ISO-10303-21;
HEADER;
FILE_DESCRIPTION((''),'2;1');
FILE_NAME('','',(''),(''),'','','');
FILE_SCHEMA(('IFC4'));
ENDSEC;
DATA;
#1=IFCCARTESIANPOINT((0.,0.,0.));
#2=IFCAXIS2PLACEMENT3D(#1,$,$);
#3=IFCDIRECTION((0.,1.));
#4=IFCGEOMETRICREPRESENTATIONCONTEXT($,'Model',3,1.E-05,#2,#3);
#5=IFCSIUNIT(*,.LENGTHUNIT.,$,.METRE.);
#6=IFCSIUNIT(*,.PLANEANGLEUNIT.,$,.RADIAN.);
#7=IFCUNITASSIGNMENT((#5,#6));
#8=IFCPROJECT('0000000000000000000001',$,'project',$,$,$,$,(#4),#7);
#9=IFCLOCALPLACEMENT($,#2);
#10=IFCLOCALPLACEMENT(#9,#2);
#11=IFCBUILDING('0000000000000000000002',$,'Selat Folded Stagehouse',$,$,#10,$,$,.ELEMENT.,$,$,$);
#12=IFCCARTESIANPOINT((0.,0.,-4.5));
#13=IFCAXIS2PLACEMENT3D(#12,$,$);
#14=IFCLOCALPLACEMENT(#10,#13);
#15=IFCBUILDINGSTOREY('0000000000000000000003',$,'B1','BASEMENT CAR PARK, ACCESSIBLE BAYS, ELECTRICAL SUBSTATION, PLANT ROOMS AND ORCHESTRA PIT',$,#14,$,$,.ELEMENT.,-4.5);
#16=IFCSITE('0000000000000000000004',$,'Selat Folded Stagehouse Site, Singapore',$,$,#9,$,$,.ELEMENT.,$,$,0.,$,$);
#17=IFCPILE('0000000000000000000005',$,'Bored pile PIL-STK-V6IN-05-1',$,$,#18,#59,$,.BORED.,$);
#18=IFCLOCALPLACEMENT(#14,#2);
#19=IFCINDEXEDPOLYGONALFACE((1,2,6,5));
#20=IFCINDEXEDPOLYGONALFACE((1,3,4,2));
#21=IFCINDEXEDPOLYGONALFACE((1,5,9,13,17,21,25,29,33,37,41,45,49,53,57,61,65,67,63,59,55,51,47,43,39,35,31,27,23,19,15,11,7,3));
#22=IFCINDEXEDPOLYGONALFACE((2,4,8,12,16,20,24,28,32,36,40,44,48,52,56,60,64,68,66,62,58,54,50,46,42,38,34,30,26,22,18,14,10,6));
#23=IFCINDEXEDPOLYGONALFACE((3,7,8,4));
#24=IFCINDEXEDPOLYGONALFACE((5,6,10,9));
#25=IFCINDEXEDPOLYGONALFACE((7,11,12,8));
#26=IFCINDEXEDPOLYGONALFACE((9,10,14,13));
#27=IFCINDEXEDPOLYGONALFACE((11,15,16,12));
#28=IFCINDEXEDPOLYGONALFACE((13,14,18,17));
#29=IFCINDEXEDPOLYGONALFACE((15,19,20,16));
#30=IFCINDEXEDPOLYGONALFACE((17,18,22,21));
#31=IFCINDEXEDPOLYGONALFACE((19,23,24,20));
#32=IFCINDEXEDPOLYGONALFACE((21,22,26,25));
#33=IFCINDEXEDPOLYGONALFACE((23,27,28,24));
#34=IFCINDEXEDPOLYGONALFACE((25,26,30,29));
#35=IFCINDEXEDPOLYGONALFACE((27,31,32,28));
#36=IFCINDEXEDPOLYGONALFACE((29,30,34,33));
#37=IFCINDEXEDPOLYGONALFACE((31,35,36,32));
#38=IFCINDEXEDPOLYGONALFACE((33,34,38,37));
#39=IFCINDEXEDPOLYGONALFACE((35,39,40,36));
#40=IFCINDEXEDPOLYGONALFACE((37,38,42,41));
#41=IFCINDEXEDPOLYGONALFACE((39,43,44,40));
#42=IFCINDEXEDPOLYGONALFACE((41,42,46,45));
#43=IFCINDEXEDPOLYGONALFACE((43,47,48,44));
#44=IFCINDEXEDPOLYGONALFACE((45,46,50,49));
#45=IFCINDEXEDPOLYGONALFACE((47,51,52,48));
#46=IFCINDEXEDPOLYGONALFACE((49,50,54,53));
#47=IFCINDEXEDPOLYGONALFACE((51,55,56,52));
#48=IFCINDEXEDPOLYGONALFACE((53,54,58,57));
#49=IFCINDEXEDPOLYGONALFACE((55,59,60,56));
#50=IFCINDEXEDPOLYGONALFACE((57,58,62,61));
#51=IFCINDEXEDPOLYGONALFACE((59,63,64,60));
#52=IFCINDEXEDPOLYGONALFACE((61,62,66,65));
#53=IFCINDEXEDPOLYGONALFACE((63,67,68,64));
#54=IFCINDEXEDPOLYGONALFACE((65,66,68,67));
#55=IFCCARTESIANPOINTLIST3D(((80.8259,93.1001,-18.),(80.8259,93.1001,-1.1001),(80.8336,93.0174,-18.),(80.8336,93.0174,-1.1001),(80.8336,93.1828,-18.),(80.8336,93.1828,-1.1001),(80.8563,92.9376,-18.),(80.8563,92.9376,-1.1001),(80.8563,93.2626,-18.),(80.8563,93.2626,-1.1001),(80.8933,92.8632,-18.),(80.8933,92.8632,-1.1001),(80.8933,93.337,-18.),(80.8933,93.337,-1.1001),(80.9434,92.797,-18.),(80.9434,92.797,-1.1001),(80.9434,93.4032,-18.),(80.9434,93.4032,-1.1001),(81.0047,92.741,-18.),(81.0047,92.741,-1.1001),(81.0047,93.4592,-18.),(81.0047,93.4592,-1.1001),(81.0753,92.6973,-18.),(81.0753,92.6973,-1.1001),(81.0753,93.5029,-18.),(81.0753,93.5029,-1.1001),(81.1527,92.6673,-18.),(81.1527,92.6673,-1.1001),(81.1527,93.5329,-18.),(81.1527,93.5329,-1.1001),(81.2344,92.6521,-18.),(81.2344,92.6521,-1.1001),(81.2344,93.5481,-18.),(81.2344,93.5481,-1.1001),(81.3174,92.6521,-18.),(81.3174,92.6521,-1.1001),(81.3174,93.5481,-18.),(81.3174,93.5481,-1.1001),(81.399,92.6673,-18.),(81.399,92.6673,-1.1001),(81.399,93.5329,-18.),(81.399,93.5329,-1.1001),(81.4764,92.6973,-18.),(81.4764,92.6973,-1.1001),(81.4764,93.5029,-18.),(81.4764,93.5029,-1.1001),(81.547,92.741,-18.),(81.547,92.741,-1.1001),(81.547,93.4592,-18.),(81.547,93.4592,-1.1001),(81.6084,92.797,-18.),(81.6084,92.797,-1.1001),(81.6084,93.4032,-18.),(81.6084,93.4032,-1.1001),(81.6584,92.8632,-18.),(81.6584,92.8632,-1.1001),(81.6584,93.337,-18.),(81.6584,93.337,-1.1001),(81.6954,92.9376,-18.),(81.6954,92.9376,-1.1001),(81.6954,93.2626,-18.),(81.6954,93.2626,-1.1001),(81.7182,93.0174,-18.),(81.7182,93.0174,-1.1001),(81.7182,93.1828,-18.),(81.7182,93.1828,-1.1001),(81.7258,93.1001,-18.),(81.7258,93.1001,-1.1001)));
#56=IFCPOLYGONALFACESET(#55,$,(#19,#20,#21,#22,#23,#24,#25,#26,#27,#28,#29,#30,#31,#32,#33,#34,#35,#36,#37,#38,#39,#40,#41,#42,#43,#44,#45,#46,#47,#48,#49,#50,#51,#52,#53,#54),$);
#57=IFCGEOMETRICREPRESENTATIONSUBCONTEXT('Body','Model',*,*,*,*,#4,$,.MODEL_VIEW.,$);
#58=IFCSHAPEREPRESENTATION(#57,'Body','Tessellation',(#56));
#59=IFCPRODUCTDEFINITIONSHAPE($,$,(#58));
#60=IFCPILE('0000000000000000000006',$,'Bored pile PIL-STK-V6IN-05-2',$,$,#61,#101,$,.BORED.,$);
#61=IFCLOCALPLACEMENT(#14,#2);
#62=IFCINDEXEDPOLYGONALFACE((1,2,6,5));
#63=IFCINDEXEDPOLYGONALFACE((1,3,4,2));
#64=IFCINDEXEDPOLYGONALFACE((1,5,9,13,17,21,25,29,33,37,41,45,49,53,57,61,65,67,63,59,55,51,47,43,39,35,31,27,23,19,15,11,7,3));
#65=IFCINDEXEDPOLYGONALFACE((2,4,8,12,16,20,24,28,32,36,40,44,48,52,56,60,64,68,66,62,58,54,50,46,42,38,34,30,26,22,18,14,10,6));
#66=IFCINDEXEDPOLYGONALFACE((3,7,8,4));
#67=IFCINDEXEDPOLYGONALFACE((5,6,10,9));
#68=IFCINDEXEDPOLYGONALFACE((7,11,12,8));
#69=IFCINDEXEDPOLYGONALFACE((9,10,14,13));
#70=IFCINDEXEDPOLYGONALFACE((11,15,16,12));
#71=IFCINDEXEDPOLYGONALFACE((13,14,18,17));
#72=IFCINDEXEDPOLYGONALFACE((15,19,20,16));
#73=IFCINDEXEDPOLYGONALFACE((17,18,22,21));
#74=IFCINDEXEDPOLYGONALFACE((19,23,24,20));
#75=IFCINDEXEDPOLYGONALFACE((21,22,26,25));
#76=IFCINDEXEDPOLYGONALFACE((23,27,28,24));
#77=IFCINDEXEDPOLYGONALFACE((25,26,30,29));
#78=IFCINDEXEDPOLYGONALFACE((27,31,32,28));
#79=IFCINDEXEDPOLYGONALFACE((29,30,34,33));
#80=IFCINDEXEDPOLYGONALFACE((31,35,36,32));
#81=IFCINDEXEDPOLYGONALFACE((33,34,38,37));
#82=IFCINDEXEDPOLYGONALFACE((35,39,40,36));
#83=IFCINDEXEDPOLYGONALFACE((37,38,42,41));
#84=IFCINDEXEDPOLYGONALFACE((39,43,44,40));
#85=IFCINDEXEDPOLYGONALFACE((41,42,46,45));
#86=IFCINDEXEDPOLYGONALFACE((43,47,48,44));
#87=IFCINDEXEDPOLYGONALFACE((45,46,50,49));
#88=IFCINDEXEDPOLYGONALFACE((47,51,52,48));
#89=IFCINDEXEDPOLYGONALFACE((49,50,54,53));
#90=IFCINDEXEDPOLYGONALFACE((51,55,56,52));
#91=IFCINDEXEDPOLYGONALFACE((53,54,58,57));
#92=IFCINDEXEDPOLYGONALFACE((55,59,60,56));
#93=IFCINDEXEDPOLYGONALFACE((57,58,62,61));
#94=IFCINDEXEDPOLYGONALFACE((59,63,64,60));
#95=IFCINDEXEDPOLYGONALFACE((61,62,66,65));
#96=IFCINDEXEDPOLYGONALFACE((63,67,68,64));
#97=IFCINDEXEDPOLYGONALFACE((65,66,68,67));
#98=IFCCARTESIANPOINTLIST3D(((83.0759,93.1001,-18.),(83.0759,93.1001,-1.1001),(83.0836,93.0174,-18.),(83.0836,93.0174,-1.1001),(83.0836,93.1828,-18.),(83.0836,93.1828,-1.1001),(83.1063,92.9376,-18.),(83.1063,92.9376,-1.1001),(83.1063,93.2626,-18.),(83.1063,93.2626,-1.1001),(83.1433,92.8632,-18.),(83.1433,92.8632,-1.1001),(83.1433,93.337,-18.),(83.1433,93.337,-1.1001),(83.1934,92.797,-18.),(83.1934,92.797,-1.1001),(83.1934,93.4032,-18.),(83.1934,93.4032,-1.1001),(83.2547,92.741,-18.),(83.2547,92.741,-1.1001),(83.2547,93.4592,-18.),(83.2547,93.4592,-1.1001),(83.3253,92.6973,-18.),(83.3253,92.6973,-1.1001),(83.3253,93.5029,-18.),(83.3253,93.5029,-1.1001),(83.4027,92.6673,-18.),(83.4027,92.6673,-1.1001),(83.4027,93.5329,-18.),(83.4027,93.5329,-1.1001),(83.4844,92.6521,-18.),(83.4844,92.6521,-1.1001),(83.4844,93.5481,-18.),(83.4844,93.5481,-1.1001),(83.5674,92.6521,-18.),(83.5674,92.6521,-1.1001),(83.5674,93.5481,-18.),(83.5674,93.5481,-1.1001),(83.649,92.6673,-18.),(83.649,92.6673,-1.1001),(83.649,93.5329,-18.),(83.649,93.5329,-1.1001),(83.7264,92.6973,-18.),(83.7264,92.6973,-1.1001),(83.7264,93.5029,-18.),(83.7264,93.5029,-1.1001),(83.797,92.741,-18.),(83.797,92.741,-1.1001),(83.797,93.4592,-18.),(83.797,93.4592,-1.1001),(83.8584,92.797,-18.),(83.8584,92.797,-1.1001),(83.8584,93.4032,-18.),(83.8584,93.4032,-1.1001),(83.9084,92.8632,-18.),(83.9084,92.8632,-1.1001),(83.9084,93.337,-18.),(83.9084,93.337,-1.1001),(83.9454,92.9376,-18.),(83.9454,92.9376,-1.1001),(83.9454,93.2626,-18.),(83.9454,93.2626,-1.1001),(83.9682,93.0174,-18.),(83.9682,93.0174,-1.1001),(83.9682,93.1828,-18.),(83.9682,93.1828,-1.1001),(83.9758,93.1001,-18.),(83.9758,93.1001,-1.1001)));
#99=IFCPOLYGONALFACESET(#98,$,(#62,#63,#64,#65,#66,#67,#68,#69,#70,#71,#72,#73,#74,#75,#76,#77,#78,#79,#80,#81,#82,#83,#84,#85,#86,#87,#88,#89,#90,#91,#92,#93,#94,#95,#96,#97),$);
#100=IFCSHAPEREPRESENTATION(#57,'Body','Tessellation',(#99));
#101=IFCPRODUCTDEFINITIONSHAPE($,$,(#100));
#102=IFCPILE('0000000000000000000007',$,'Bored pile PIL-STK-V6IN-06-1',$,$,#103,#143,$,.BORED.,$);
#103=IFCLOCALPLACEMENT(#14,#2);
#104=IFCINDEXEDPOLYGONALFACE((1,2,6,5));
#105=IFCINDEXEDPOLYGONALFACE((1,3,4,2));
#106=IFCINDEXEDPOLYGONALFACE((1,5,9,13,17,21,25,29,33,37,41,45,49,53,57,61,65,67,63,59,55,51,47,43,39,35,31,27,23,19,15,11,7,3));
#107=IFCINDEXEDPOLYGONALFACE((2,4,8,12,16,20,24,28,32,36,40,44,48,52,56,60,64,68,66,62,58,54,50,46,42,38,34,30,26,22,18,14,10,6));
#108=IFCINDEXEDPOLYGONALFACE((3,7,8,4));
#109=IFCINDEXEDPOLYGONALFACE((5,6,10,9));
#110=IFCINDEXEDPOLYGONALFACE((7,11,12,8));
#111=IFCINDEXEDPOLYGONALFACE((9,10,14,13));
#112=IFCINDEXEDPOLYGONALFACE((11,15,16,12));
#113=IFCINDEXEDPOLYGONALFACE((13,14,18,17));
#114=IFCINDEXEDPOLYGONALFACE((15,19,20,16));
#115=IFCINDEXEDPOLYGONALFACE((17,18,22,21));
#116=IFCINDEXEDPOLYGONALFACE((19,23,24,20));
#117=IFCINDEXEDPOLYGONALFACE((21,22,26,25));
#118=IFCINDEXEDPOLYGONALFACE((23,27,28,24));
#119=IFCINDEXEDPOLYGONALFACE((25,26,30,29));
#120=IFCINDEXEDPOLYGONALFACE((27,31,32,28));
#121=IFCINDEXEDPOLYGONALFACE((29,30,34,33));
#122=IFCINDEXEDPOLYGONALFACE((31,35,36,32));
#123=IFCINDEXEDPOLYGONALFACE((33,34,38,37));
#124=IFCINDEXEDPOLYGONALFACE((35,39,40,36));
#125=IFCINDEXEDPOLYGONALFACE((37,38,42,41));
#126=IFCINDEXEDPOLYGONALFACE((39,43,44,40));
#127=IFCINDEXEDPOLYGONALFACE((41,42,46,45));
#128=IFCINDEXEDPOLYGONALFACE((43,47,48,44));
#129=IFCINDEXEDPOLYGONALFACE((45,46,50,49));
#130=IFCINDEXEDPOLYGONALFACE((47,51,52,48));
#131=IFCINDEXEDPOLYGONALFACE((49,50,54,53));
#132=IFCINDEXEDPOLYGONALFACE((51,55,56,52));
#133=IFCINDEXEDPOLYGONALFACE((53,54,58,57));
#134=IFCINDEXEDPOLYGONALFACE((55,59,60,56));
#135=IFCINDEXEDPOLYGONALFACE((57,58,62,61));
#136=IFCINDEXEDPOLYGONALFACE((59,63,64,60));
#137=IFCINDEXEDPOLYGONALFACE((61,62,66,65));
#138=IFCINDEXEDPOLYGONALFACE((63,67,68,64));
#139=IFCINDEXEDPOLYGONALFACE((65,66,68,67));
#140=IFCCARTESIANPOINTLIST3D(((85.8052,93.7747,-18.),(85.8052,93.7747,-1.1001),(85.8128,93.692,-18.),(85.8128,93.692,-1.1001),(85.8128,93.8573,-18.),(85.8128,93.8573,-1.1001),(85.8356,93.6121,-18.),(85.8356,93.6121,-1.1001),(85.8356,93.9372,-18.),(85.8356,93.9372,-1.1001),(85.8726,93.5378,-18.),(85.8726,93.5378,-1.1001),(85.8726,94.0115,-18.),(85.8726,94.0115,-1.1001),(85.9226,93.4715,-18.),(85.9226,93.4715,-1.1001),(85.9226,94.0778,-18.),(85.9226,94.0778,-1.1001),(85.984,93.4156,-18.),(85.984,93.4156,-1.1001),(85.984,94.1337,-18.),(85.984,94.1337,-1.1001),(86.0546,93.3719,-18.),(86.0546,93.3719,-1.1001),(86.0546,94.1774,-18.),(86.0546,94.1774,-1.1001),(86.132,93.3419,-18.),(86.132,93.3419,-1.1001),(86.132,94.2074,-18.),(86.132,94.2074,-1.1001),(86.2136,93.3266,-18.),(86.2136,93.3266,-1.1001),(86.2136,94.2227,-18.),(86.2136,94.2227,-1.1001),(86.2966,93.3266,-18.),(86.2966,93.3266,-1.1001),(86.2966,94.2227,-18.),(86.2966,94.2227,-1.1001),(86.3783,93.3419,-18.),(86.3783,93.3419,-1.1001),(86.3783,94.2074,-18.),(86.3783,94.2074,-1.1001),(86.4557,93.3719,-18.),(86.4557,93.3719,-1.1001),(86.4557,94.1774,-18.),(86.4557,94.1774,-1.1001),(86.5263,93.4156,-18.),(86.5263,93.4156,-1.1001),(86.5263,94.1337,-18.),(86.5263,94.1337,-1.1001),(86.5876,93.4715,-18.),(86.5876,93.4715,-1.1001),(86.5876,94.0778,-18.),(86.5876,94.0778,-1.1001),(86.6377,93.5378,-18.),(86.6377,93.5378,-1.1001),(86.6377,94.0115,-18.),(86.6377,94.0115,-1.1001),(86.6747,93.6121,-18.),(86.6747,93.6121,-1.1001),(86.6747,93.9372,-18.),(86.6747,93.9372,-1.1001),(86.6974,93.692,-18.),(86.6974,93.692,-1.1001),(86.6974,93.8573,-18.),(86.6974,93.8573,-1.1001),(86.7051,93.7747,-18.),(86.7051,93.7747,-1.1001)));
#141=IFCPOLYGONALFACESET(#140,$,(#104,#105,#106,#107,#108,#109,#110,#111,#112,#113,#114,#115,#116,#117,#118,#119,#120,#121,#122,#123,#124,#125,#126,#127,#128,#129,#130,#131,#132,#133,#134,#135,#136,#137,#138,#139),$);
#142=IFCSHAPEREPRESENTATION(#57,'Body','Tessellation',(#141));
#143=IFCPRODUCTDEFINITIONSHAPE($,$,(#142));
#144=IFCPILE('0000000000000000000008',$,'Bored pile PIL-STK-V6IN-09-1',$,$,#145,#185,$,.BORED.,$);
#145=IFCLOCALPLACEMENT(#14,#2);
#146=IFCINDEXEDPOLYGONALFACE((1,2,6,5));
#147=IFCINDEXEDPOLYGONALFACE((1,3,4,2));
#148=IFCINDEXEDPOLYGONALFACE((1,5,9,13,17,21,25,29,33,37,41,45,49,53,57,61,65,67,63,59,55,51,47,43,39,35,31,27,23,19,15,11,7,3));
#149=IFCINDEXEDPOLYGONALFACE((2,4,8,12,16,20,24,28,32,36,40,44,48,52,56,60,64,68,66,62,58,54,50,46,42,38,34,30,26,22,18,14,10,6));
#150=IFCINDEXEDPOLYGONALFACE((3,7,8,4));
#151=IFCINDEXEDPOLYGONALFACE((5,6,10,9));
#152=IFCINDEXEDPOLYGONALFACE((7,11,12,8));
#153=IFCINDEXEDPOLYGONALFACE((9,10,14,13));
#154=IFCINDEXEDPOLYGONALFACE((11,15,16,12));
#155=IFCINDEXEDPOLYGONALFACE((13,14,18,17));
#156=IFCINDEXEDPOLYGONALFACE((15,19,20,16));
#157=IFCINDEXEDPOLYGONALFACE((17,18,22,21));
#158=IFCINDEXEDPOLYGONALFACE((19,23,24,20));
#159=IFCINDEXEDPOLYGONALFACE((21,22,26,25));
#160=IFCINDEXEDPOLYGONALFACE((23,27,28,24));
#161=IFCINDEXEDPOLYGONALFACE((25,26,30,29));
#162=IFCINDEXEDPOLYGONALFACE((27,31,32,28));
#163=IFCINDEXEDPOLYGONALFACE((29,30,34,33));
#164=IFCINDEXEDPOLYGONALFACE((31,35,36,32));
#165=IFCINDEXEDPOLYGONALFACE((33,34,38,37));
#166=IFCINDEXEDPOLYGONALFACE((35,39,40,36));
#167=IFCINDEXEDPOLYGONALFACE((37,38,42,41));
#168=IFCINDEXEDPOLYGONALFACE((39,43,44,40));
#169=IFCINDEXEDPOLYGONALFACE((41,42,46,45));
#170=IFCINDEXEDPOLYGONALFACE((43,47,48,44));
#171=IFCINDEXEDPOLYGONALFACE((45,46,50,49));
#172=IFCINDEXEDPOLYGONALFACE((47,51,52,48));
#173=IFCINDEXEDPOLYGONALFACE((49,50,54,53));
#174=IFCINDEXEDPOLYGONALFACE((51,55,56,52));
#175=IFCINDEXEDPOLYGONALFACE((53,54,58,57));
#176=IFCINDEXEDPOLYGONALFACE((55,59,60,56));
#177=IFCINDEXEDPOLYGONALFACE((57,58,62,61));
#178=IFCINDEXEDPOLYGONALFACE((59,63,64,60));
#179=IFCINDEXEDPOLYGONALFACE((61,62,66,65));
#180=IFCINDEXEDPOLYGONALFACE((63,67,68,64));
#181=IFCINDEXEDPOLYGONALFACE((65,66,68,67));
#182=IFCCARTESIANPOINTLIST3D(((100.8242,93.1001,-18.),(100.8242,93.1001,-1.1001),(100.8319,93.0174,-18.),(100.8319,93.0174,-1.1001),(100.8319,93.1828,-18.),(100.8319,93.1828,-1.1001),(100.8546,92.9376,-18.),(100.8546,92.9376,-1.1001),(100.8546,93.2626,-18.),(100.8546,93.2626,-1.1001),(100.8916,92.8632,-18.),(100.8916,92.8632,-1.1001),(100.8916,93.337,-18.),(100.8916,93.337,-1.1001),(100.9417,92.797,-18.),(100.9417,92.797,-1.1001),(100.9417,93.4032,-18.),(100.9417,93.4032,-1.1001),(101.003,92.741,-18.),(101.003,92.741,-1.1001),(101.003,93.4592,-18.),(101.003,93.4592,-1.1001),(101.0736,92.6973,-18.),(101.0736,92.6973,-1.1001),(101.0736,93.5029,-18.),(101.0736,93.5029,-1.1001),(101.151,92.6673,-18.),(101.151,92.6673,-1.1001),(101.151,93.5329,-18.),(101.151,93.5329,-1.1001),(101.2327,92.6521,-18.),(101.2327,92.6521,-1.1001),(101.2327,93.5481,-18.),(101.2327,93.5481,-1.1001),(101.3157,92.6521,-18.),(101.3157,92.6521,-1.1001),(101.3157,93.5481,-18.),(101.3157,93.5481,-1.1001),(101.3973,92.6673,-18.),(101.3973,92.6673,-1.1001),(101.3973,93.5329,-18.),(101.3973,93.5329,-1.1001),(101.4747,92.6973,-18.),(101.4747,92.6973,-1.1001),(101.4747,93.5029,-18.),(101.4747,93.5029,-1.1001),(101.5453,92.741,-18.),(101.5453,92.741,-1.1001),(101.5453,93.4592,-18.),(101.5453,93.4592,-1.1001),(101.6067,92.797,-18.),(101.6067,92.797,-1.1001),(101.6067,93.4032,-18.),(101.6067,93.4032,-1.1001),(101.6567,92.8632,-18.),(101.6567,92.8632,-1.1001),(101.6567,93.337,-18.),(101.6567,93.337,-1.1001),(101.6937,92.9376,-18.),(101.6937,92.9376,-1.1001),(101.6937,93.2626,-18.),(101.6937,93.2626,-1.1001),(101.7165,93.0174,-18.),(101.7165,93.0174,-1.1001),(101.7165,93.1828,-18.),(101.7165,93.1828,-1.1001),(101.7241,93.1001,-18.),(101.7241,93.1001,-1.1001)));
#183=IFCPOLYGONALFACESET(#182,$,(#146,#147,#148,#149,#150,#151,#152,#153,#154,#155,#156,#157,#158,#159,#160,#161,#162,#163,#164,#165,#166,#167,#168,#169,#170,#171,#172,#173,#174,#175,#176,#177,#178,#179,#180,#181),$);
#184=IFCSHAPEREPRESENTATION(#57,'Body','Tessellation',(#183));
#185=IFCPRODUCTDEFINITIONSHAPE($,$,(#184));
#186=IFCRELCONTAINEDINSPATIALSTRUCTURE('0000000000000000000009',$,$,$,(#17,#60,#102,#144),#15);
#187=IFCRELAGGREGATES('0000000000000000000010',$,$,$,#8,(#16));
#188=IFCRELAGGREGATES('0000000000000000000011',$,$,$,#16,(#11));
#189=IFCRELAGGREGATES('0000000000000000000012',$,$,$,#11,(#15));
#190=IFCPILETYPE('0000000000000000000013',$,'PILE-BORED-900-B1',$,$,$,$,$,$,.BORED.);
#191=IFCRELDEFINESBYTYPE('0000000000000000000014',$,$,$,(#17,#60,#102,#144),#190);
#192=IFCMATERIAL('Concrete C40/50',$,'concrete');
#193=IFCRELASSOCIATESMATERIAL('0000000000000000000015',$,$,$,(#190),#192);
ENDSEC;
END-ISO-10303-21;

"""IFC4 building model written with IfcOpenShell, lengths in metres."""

from ifc_helpers import new_model, si_unit, direction, frame, origin, origin_2d, place, context, subcontext, project, spatial, circle, extrude, material, material_profile, profile_set, type_object, element, save


model = new_model("IFC4")

# Units and contexts
model_context = context("Model", 3, precision=1e-05, world=origin(), true_north=direction((0.0, 1.0)))
body_context = subcontext(model_context, "Body", "Model", "MODEL_VIEW")
ifc_project = project(units=[si_unit("LENGTHUNIT", "METRE"), si_unit("PLANEANGLEUNIT", "RADIAN")], contexts=[model_context])

# Site, building, storey
site_placement = place(None, origin())
site = spatial("IfcSite", under=ifc_project, at=site_placement, Name="Selat Folded Stagehouse Site, Singapore", CompositionType="ELEMENT", RefElevation=0.0)
building_placement = place(site_placement, origin())
building = spatial("IfcBuilding", under=site, at=building_placement, Name="Selat Folded Stagehouse", CompositionType="ELEMENT")
storey_placement = place(building_placement, frame((0.0, 0.0, -4.5)))
storey = spatial("IfcBuildingStorey", under=building, at=storey_placement, Name="B1", Description="BASEMENT CAR PARK, ACCESSIBLE BAYS, ELECTRICAL SUBSTATION, PLANT ROOMS AND ORCHESTRA PIT", CompositionType="ELEMENT", Elevation=-4.5)

# Shared definitions
ifc_material_1 = material(Name="Concrete C40/50", Category="concrete")

# Piles
ifc_material_profile_1 = material_profile(ifc_material_1, circle(Radius=0.45, at=origin_2d()), Name="PILE D900")
ifc_profile_set_1 = profile_set([ifc_material_profile_1], Name="Concrete C40/50")
pile_type = type_object("IfcPileType", Name="PILE-BORED-900-B1", PredefinedType="BORED", material=ifc_profile_set_1)
for number, where, z_axis, x_axis, name in (
    (1, (81.2759, 93.1001, -1.1001), (0.0, 0.0, -1.0), (1.0, 0.0, 0.0), "Bored pile PIL-STK-V6IN-05-1"),
    (2, (83.5259, 93.1001, -1.1001), (0.0, 0.0, -1.0), (1.0, 0.0, 0.0), "Bored pile PIL-STK-V6IN-05-2"),
    (3, (86.2551, 93.7747, -1.1001), (0.0, 0.0, -1.0), (1.0, 0.0, 0.0), "Bored pile PIL-STK-V6IN-06-1"),
    (4, (101.2742, 93.1001, -1.1001), (0.0, 0.0, -1.0), (1.0, 0.0, 0.0), "Bored pile PIL-STK-V6IN-09-1"),
):
    element("IfcPile", number, at=place(storey_placement, frame(where, z_axis=z_axis, x_axis=x_axis)), inside=storey, type_object=pile_type, Name=name, PredefinedType="BORED", context=body_context, shape_type="SweptSolid", body=[
        extrude(circle(Radius=0.45, at=origin_2d()), origin(), (0.0, 0.0, 1.0), 16.8999),
    ])

save(model, "model.ifc")
